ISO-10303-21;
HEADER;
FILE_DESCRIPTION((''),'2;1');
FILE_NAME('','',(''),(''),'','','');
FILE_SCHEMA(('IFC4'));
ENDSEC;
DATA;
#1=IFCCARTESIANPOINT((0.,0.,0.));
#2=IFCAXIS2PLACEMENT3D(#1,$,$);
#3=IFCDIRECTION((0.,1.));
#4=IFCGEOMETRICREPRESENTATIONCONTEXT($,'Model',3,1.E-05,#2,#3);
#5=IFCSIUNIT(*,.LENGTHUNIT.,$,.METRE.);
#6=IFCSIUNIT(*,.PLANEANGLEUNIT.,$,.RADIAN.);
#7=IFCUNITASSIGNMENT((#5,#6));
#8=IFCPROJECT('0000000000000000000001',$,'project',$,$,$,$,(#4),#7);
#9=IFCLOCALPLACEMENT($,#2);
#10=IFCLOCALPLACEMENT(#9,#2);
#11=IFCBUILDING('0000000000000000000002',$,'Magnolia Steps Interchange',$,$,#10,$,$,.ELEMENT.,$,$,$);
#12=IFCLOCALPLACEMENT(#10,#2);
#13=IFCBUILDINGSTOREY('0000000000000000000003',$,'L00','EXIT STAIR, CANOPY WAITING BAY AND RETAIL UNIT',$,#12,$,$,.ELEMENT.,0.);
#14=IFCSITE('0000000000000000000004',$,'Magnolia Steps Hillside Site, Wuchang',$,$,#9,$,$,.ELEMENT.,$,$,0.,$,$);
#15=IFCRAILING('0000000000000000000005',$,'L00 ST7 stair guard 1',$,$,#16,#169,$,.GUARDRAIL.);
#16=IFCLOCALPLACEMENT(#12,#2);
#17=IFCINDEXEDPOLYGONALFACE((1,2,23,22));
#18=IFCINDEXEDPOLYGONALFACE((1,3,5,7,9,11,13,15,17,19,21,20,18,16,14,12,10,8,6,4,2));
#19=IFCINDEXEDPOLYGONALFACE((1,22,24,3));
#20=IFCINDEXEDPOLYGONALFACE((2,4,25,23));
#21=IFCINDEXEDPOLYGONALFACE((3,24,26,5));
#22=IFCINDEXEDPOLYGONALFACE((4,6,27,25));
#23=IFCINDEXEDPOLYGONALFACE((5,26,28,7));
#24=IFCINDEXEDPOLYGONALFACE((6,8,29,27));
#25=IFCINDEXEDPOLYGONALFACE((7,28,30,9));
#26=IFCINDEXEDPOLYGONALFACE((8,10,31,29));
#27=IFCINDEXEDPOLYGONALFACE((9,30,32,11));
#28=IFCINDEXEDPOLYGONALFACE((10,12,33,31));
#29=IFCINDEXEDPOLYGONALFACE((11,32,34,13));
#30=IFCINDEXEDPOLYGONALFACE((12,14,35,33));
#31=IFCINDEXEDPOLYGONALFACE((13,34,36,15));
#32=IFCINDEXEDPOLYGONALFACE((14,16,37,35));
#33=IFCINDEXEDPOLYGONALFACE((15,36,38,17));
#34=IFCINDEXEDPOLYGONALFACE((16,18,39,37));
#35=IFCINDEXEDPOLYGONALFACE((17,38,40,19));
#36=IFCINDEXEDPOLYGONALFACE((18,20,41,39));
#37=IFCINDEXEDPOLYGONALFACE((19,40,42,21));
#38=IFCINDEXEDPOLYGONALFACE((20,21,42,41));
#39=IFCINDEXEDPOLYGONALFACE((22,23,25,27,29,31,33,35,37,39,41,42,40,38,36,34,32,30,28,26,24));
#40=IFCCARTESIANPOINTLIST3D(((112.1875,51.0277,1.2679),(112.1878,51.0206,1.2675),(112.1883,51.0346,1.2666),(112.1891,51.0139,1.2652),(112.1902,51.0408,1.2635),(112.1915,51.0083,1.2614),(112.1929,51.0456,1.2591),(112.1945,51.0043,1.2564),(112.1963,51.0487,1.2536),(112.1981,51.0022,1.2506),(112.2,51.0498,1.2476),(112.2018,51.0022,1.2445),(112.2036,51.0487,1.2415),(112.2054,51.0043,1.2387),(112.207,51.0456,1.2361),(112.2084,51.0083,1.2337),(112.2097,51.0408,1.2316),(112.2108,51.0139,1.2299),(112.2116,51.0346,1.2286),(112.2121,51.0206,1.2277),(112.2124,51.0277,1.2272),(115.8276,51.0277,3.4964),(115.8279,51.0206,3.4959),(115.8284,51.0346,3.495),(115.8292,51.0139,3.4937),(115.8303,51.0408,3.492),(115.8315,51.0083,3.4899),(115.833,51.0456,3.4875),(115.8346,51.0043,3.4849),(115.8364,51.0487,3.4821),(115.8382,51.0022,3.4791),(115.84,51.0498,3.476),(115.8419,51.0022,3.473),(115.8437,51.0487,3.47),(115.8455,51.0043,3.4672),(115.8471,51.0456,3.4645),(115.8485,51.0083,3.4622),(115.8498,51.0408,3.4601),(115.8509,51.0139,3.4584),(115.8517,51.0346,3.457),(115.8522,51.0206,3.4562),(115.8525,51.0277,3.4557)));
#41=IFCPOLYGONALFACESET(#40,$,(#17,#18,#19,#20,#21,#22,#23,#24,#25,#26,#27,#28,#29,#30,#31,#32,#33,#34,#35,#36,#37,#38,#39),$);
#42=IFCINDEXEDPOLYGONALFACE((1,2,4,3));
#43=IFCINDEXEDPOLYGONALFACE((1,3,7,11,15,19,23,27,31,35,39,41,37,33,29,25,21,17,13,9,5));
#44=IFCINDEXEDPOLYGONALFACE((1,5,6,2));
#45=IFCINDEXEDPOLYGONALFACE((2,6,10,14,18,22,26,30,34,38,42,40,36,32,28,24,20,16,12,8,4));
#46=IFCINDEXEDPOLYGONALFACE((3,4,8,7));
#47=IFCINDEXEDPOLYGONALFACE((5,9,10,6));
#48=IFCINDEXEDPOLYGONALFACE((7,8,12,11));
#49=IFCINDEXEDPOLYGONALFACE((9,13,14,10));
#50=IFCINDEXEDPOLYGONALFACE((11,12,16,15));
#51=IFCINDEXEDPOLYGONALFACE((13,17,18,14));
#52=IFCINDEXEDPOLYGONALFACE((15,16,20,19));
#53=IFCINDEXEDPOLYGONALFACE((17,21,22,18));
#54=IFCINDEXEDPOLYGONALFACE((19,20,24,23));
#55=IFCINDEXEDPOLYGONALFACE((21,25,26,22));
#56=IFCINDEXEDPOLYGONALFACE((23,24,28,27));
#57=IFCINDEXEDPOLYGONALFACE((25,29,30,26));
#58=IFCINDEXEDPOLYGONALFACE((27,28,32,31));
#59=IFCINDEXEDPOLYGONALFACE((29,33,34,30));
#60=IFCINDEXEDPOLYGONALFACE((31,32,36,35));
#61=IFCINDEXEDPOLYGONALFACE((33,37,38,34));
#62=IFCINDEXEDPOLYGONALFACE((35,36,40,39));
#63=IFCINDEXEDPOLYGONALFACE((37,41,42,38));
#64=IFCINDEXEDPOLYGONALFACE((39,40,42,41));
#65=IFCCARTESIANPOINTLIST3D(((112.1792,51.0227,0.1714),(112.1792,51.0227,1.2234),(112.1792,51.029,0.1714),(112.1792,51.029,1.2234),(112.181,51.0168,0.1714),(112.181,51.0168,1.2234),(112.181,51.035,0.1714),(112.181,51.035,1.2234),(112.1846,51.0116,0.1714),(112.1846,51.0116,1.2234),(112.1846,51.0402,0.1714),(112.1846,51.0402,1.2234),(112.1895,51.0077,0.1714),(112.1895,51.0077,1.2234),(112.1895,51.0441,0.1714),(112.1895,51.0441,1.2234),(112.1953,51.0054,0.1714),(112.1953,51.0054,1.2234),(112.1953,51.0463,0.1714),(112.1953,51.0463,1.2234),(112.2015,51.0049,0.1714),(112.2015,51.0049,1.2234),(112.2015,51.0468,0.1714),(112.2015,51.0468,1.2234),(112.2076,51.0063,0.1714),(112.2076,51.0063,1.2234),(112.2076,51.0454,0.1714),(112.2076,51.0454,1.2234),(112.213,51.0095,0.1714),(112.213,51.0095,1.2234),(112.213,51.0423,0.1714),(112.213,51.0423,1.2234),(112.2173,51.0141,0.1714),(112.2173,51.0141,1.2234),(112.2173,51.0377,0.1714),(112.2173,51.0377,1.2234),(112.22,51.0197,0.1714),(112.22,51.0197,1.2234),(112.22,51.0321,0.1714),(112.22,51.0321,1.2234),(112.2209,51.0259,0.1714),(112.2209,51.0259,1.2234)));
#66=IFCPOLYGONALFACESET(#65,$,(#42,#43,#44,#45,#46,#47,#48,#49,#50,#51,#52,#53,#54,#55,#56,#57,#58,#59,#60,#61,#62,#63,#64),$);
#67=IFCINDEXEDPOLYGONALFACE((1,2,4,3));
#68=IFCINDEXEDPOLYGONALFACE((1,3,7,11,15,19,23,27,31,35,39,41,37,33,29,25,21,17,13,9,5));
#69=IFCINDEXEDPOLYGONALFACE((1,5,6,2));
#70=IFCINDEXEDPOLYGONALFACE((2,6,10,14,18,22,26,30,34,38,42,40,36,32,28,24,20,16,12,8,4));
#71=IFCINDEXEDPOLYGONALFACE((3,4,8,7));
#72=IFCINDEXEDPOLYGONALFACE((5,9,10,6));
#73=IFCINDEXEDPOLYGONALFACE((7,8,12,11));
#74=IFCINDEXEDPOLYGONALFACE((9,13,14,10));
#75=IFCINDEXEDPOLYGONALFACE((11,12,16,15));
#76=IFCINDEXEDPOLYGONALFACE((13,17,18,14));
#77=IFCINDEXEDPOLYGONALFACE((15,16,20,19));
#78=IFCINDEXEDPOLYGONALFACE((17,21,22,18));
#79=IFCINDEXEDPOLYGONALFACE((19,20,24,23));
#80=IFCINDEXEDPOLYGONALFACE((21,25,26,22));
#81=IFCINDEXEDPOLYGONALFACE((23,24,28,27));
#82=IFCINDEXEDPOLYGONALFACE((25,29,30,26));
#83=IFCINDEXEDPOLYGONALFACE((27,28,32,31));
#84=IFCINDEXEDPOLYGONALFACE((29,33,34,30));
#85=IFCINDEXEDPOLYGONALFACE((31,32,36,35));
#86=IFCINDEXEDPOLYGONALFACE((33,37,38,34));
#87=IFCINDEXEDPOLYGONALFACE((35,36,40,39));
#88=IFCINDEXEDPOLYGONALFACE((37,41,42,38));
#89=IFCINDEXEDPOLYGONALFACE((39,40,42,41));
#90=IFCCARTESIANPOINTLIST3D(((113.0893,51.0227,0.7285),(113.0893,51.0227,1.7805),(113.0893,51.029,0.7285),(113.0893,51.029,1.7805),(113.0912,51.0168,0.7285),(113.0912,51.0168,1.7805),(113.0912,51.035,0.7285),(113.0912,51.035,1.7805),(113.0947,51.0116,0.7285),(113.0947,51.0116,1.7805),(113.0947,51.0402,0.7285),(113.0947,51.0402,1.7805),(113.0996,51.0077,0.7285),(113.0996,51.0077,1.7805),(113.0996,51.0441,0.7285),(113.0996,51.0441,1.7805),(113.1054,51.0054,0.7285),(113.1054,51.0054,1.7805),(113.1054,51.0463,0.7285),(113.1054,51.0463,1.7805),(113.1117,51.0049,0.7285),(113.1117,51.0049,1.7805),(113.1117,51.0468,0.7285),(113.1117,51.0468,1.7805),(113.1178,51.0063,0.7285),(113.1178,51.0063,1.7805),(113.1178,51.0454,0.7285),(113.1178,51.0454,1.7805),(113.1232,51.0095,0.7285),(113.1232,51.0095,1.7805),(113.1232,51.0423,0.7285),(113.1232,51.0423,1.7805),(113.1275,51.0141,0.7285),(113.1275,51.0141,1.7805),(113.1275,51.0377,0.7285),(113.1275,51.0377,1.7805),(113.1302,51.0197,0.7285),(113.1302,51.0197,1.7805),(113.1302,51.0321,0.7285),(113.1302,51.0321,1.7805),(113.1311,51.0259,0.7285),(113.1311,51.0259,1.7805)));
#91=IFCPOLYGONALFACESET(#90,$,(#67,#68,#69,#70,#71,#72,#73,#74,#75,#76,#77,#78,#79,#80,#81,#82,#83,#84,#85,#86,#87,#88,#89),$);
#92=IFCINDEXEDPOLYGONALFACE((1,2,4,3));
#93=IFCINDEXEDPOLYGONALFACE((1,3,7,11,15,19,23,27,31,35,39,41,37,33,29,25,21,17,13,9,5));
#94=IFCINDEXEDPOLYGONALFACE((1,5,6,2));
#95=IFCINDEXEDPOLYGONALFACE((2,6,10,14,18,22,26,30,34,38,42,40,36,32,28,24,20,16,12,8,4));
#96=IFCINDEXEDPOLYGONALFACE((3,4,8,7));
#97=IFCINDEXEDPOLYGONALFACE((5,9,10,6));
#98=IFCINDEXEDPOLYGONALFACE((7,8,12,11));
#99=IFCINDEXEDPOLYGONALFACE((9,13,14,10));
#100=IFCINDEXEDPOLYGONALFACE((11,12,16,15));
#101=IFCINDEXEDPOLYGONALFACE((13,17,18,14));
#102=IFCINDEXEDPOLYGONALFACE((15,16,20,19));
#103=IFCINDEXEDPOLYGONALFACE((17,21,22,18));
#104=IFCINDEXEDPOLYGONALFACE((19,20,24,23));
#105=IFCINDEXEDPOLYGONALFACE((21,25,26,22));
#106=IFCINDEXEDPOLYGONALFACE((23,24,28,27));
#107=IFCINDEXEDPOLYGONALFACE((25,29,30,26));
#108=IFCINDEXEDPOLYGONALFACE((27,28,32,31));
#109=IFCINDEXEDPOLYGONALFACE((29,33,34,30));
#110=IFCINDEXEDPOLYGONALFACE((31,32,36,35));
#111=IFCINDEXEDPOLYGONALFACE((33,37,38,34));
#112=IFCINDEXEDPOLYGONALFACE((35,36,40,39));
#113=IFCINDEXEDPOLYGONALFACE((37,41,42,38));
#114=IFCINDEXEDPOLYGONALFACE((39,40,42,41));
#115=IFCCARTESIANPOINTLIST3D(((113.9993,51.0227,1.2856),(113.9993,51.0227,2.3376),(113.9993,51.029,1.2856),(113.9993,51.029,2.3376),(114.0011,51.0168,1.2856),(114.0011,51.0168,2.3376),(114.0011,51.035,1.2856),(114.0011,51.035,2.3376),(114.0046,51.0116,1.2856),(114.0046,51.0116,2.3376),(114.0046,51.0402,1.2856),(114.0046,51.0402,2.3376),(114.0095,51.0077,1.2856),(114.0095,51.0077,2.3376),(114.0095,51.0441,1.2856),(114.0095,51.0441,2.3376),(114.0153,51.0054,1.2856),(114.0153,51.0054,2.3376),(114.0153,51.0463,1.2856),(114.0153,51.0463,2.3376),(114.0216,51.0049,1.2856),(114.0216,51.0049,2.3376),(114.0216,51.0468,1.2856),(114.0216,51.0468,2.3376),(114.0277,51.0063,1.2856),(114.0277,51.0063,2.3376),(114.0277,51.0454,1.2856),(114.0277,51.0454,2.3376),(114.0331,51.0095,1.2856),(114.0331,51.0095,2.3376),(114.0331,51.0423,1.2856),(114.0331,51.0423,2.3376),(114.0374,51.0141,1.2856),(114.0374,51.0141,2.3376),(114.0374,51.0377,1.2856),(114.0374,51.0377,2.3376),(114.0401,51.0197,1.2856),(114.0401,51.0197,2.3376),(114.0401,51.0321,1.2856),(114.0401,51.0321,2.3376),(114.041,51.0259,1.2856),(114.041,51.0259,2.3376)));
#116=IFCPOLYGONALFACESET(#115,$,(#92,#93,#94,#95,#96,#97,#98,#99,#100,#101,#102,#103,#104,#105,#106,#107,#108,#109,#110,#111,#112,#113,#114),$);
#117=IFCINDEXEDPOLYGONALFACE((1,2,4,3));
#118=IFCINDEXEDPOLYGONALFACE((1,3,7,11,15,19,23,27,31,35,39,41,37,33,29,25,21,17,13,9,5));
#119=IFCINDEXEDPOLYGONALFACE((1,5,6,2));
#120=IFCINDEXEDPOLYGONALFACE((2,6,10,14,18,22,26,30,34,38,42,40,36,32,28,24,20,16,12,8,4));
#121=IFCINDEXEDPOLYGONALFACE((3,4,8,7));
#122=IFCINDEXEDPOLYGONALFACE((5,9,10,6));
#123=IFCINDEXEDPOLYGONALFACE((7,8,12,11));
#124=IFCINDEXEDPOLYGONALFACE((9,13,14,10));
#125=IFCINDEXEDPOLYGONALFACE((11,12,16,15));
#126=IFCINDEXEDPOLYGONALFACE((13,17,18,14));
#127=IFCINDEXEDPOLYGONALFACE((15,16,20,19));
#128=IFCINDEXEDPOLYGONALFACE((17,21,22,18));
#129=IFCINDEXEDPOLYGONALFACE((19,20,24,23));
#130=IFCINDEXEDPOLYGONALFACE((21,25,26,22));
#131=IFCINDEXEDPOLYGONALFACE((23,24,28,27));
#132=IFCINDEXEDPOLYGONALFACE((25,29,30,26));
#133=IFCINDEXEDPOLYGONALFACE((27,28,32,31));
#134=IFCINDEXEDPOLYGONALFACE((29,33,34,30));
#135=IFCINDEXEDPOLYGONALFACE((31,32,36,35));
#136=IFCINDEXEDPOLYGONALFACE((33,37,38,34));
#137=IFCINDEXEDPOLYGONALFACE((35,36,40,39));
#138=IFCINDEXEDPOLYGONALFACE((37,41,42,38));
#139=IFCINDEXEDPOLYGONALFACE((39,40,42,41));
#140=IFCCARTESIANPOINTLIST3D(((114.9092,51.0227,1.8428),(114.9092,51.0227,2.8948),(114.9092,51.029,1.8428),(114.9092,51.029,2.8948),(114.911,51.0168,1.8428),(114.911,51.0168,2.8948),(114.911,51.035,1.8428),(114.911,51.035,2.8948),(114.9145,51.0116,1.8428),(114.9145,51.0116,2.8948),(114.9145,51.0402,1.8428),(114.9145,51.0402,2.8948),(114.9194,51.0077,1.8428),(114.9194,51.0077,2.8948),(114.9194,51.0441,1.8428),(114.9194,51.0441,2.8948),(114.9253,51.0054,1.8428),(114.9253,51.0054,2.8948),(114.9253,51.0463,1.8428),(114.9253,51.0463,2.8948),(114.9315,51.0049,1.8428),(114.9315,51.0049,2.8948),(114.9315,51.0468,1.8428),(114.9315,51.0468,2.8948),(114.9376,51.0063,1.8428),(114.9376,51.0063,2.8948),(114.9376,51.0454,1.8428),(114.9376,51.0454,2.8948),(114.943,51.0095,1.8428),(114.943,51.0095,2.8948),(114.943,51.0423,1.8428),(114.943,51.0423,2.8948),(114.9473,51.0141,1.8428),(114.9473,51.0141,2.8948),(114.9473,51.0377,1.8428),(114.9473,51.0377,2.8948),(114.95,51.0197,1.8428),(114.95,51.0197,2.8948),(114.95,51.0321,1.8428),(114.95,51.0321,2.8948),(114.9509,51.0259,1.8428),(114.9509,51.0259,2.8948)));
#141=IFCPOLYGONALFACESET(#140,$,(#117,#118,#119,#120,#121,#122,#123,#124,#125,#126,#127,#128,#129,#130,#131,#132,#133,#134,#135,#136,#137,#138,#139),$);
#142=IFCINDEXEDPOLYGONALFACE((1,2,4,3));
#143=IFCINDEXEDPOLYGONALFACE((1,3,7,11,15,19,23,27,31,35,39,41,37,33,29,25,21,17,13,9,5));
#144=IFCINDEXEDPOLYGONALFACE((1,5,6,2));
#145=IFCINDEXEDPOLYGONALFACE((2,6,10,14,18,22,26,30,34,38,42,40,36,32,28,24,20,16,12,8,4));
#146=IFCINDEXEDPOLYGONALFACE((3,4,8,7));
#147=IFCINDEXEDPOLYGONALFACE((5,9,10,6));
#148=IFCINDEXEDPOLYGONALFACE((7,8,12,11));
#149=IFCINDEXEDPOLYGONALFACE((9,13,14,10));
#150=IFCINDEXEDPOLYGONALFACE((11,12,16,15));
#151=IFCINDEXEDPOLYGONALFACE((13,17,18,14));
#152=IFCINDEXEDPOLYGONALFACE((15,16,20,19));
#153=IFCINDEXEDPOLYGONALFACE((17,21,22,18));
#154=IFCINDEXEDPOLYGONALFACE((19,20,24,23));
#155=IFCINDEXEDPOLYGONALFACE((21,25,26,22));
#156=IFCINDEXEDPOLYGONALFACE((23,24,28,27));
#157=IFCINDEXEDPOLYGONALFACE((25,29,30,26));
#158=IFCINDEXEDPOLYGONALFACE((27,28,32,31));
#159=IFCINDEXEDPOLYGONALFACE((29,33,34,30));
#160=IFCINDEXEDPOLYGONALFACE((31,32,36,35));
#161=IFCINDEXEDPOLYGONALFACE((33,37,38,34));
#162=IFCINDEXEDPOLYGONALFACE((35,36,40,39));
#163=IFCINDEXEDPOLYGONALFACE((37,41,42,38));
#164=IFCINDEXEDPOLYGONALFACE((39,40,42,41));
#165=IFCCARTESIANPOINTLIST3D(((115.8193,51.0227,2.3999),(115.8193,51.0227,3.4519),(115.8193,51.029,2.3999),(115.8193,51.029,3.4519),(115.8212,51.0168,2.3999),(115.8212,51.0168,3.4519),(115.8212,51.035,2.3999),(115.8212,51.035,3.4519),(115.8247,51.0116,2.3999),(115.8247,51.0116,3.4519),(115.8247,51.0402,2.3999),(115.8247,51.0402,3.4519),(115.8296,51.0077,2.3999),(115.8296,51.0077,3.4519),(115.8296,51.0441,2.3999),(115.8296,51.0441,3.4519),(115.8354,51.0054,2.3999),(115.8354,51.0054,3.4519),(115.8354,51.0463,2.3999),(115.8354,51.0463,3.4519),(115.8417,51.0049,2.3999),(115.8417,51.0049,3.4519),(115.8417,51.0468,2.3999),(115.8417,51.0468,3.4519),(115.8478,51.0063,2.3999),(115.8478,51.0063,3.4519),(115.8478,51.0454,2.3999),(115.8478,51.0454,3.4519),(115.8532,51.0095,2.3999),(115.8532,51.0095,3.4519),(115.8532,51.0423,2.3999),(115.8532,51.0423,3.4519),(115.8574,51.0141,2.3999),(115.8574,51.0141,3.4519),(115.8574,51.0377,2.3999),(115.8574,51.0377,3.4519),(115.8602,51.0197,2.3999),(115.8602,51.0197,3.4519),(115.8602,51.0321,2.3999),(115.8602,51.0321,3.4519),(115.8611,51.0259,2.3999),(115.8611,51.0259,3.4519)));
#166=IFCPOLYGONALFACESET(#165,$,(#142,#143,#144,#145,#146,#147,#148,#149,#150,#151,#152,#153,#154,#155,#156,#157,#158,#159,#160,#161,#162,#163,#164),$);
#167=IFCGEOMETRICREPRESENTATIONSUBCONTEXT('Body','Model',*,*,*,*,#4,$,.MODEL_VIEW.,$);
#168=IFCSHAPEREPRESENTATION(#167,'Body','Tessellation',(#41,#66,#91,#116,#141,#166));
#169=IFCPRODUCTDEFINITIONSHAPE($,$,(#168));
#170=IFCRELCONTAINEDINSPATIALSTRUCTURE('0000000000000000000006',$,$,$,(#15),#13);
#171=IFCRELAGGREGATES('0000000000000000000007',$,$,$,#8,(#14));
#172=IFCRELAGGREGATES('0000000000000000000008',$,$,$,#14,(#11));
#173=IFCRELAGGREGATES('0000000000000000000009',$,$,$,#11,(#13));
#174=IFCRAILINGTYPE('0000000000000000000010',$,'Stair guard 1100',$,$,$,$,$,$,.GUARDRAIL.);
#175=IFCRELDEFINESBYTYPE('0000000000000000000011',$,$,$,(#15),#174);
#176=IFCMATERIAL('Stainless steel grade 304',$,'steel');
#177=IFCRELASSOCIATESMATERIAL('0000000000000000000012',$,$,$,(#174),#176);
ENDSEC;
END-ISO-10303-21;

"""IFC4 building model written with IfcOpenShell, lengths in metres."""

from ifc_helpers import new_model, si_unit, direction, frame, origin, origin_2d, place, context, subcontext, project, spatial, circle, extrude, material, type_object, element, save


model = new_model("IFC4")

# Units and contexts
model_context = context("Model", 3, precision=1e-05, world=origin(), true_north=direction((0.0, 1.0)))
body_context = subcontext(model_context, "Body", "Model", "MODEL_VIEW")
ifc_project = project(units=[si_unit("LENGTHUNIT", "METRE"), si_unit("PLANEANGLEUNIT", "RADIAN")], contexts=[model_context])

# Site, building, storey
site_placement = place(None, origin())
site = spatial("IfcSite", under=ifc_project, at=site_placement, Name="Magnolia Steps Hillside Site, Wuchang", CompositionType="ELEMENT", RefElevation=0.0)
building_placement = place(site_placement, origin())
building = spatial("IfcBuilding", under=site, at=building_placement, Name="Magnolia Steps Interchange", CompositionType="ELEMENT")
storey_placement = place(building_placement, origin())
storey = spatial("IfcBuildingStorey", under=building, at=storey_placement, Name="L00", Description="EXIT STAIR, CANOPY WAITING BAY AND RETAIL UNIT", CompositionType="ELEMENT", Elevation=0.0)

# Railing
ifc_material_1 = material(Name="Stainless steel grade 304", Category="steel")
railing_type_1 = type_object("IfcRailingType", Name="Stair guard 1100", PredefinedType="GUARDRAIL", material=ifc_material_1)
railing_1_placement = place(storey_placement, frame((112.2, 51.0259, 0.1714)))
element("IfcRailing", 1, at=railing_1_placement, inside=storey, type_object=railing_type_1, Name="L00 ST7 stair guard 1", PredefinedType="GUARDRAIL", context=body_context, shape_type="SweptSolid", body=[
    extrude(circle(Radius=0.0239, at=origin_2d()), frame((0.0, 0.0, 1.0762), z_axis=(0.852866, 0.0, 0.52213), x_axis=(0.0, 1.0, 0.0)), (0.0, 0.0, 1.0), 4.2681),
    extrude(circle(Radius=0.021, at=origin_2d()), origin(), (0.0, 0.0, 1.0), 1.052),
    extrude(circle(Radius=0.021, at=origin_2d()), frame((0.9102, 0.0, 0.5571)), (0.0, 0.0, 1.0), 1.052),
    extrude(circle(Radius=0.021, at=origin_2d()), frame((1.8201, 0.0, 1.1143)), (0.0, 0.0, 1.0), 1.052),
    extrude(circle(Radius=0.021, at=origin_2d()), frame((2.73, 0.0, 1.6714)), (0.0, 0.0, 1.0), 1.052),
    extrude(circle(Radius=0.021, at=origin_2d()), frame((3.6401, 0.0, 2.2285)), (0.0, 0.0, 1.0), 1.052),
])

save(model, "model.ifc")
